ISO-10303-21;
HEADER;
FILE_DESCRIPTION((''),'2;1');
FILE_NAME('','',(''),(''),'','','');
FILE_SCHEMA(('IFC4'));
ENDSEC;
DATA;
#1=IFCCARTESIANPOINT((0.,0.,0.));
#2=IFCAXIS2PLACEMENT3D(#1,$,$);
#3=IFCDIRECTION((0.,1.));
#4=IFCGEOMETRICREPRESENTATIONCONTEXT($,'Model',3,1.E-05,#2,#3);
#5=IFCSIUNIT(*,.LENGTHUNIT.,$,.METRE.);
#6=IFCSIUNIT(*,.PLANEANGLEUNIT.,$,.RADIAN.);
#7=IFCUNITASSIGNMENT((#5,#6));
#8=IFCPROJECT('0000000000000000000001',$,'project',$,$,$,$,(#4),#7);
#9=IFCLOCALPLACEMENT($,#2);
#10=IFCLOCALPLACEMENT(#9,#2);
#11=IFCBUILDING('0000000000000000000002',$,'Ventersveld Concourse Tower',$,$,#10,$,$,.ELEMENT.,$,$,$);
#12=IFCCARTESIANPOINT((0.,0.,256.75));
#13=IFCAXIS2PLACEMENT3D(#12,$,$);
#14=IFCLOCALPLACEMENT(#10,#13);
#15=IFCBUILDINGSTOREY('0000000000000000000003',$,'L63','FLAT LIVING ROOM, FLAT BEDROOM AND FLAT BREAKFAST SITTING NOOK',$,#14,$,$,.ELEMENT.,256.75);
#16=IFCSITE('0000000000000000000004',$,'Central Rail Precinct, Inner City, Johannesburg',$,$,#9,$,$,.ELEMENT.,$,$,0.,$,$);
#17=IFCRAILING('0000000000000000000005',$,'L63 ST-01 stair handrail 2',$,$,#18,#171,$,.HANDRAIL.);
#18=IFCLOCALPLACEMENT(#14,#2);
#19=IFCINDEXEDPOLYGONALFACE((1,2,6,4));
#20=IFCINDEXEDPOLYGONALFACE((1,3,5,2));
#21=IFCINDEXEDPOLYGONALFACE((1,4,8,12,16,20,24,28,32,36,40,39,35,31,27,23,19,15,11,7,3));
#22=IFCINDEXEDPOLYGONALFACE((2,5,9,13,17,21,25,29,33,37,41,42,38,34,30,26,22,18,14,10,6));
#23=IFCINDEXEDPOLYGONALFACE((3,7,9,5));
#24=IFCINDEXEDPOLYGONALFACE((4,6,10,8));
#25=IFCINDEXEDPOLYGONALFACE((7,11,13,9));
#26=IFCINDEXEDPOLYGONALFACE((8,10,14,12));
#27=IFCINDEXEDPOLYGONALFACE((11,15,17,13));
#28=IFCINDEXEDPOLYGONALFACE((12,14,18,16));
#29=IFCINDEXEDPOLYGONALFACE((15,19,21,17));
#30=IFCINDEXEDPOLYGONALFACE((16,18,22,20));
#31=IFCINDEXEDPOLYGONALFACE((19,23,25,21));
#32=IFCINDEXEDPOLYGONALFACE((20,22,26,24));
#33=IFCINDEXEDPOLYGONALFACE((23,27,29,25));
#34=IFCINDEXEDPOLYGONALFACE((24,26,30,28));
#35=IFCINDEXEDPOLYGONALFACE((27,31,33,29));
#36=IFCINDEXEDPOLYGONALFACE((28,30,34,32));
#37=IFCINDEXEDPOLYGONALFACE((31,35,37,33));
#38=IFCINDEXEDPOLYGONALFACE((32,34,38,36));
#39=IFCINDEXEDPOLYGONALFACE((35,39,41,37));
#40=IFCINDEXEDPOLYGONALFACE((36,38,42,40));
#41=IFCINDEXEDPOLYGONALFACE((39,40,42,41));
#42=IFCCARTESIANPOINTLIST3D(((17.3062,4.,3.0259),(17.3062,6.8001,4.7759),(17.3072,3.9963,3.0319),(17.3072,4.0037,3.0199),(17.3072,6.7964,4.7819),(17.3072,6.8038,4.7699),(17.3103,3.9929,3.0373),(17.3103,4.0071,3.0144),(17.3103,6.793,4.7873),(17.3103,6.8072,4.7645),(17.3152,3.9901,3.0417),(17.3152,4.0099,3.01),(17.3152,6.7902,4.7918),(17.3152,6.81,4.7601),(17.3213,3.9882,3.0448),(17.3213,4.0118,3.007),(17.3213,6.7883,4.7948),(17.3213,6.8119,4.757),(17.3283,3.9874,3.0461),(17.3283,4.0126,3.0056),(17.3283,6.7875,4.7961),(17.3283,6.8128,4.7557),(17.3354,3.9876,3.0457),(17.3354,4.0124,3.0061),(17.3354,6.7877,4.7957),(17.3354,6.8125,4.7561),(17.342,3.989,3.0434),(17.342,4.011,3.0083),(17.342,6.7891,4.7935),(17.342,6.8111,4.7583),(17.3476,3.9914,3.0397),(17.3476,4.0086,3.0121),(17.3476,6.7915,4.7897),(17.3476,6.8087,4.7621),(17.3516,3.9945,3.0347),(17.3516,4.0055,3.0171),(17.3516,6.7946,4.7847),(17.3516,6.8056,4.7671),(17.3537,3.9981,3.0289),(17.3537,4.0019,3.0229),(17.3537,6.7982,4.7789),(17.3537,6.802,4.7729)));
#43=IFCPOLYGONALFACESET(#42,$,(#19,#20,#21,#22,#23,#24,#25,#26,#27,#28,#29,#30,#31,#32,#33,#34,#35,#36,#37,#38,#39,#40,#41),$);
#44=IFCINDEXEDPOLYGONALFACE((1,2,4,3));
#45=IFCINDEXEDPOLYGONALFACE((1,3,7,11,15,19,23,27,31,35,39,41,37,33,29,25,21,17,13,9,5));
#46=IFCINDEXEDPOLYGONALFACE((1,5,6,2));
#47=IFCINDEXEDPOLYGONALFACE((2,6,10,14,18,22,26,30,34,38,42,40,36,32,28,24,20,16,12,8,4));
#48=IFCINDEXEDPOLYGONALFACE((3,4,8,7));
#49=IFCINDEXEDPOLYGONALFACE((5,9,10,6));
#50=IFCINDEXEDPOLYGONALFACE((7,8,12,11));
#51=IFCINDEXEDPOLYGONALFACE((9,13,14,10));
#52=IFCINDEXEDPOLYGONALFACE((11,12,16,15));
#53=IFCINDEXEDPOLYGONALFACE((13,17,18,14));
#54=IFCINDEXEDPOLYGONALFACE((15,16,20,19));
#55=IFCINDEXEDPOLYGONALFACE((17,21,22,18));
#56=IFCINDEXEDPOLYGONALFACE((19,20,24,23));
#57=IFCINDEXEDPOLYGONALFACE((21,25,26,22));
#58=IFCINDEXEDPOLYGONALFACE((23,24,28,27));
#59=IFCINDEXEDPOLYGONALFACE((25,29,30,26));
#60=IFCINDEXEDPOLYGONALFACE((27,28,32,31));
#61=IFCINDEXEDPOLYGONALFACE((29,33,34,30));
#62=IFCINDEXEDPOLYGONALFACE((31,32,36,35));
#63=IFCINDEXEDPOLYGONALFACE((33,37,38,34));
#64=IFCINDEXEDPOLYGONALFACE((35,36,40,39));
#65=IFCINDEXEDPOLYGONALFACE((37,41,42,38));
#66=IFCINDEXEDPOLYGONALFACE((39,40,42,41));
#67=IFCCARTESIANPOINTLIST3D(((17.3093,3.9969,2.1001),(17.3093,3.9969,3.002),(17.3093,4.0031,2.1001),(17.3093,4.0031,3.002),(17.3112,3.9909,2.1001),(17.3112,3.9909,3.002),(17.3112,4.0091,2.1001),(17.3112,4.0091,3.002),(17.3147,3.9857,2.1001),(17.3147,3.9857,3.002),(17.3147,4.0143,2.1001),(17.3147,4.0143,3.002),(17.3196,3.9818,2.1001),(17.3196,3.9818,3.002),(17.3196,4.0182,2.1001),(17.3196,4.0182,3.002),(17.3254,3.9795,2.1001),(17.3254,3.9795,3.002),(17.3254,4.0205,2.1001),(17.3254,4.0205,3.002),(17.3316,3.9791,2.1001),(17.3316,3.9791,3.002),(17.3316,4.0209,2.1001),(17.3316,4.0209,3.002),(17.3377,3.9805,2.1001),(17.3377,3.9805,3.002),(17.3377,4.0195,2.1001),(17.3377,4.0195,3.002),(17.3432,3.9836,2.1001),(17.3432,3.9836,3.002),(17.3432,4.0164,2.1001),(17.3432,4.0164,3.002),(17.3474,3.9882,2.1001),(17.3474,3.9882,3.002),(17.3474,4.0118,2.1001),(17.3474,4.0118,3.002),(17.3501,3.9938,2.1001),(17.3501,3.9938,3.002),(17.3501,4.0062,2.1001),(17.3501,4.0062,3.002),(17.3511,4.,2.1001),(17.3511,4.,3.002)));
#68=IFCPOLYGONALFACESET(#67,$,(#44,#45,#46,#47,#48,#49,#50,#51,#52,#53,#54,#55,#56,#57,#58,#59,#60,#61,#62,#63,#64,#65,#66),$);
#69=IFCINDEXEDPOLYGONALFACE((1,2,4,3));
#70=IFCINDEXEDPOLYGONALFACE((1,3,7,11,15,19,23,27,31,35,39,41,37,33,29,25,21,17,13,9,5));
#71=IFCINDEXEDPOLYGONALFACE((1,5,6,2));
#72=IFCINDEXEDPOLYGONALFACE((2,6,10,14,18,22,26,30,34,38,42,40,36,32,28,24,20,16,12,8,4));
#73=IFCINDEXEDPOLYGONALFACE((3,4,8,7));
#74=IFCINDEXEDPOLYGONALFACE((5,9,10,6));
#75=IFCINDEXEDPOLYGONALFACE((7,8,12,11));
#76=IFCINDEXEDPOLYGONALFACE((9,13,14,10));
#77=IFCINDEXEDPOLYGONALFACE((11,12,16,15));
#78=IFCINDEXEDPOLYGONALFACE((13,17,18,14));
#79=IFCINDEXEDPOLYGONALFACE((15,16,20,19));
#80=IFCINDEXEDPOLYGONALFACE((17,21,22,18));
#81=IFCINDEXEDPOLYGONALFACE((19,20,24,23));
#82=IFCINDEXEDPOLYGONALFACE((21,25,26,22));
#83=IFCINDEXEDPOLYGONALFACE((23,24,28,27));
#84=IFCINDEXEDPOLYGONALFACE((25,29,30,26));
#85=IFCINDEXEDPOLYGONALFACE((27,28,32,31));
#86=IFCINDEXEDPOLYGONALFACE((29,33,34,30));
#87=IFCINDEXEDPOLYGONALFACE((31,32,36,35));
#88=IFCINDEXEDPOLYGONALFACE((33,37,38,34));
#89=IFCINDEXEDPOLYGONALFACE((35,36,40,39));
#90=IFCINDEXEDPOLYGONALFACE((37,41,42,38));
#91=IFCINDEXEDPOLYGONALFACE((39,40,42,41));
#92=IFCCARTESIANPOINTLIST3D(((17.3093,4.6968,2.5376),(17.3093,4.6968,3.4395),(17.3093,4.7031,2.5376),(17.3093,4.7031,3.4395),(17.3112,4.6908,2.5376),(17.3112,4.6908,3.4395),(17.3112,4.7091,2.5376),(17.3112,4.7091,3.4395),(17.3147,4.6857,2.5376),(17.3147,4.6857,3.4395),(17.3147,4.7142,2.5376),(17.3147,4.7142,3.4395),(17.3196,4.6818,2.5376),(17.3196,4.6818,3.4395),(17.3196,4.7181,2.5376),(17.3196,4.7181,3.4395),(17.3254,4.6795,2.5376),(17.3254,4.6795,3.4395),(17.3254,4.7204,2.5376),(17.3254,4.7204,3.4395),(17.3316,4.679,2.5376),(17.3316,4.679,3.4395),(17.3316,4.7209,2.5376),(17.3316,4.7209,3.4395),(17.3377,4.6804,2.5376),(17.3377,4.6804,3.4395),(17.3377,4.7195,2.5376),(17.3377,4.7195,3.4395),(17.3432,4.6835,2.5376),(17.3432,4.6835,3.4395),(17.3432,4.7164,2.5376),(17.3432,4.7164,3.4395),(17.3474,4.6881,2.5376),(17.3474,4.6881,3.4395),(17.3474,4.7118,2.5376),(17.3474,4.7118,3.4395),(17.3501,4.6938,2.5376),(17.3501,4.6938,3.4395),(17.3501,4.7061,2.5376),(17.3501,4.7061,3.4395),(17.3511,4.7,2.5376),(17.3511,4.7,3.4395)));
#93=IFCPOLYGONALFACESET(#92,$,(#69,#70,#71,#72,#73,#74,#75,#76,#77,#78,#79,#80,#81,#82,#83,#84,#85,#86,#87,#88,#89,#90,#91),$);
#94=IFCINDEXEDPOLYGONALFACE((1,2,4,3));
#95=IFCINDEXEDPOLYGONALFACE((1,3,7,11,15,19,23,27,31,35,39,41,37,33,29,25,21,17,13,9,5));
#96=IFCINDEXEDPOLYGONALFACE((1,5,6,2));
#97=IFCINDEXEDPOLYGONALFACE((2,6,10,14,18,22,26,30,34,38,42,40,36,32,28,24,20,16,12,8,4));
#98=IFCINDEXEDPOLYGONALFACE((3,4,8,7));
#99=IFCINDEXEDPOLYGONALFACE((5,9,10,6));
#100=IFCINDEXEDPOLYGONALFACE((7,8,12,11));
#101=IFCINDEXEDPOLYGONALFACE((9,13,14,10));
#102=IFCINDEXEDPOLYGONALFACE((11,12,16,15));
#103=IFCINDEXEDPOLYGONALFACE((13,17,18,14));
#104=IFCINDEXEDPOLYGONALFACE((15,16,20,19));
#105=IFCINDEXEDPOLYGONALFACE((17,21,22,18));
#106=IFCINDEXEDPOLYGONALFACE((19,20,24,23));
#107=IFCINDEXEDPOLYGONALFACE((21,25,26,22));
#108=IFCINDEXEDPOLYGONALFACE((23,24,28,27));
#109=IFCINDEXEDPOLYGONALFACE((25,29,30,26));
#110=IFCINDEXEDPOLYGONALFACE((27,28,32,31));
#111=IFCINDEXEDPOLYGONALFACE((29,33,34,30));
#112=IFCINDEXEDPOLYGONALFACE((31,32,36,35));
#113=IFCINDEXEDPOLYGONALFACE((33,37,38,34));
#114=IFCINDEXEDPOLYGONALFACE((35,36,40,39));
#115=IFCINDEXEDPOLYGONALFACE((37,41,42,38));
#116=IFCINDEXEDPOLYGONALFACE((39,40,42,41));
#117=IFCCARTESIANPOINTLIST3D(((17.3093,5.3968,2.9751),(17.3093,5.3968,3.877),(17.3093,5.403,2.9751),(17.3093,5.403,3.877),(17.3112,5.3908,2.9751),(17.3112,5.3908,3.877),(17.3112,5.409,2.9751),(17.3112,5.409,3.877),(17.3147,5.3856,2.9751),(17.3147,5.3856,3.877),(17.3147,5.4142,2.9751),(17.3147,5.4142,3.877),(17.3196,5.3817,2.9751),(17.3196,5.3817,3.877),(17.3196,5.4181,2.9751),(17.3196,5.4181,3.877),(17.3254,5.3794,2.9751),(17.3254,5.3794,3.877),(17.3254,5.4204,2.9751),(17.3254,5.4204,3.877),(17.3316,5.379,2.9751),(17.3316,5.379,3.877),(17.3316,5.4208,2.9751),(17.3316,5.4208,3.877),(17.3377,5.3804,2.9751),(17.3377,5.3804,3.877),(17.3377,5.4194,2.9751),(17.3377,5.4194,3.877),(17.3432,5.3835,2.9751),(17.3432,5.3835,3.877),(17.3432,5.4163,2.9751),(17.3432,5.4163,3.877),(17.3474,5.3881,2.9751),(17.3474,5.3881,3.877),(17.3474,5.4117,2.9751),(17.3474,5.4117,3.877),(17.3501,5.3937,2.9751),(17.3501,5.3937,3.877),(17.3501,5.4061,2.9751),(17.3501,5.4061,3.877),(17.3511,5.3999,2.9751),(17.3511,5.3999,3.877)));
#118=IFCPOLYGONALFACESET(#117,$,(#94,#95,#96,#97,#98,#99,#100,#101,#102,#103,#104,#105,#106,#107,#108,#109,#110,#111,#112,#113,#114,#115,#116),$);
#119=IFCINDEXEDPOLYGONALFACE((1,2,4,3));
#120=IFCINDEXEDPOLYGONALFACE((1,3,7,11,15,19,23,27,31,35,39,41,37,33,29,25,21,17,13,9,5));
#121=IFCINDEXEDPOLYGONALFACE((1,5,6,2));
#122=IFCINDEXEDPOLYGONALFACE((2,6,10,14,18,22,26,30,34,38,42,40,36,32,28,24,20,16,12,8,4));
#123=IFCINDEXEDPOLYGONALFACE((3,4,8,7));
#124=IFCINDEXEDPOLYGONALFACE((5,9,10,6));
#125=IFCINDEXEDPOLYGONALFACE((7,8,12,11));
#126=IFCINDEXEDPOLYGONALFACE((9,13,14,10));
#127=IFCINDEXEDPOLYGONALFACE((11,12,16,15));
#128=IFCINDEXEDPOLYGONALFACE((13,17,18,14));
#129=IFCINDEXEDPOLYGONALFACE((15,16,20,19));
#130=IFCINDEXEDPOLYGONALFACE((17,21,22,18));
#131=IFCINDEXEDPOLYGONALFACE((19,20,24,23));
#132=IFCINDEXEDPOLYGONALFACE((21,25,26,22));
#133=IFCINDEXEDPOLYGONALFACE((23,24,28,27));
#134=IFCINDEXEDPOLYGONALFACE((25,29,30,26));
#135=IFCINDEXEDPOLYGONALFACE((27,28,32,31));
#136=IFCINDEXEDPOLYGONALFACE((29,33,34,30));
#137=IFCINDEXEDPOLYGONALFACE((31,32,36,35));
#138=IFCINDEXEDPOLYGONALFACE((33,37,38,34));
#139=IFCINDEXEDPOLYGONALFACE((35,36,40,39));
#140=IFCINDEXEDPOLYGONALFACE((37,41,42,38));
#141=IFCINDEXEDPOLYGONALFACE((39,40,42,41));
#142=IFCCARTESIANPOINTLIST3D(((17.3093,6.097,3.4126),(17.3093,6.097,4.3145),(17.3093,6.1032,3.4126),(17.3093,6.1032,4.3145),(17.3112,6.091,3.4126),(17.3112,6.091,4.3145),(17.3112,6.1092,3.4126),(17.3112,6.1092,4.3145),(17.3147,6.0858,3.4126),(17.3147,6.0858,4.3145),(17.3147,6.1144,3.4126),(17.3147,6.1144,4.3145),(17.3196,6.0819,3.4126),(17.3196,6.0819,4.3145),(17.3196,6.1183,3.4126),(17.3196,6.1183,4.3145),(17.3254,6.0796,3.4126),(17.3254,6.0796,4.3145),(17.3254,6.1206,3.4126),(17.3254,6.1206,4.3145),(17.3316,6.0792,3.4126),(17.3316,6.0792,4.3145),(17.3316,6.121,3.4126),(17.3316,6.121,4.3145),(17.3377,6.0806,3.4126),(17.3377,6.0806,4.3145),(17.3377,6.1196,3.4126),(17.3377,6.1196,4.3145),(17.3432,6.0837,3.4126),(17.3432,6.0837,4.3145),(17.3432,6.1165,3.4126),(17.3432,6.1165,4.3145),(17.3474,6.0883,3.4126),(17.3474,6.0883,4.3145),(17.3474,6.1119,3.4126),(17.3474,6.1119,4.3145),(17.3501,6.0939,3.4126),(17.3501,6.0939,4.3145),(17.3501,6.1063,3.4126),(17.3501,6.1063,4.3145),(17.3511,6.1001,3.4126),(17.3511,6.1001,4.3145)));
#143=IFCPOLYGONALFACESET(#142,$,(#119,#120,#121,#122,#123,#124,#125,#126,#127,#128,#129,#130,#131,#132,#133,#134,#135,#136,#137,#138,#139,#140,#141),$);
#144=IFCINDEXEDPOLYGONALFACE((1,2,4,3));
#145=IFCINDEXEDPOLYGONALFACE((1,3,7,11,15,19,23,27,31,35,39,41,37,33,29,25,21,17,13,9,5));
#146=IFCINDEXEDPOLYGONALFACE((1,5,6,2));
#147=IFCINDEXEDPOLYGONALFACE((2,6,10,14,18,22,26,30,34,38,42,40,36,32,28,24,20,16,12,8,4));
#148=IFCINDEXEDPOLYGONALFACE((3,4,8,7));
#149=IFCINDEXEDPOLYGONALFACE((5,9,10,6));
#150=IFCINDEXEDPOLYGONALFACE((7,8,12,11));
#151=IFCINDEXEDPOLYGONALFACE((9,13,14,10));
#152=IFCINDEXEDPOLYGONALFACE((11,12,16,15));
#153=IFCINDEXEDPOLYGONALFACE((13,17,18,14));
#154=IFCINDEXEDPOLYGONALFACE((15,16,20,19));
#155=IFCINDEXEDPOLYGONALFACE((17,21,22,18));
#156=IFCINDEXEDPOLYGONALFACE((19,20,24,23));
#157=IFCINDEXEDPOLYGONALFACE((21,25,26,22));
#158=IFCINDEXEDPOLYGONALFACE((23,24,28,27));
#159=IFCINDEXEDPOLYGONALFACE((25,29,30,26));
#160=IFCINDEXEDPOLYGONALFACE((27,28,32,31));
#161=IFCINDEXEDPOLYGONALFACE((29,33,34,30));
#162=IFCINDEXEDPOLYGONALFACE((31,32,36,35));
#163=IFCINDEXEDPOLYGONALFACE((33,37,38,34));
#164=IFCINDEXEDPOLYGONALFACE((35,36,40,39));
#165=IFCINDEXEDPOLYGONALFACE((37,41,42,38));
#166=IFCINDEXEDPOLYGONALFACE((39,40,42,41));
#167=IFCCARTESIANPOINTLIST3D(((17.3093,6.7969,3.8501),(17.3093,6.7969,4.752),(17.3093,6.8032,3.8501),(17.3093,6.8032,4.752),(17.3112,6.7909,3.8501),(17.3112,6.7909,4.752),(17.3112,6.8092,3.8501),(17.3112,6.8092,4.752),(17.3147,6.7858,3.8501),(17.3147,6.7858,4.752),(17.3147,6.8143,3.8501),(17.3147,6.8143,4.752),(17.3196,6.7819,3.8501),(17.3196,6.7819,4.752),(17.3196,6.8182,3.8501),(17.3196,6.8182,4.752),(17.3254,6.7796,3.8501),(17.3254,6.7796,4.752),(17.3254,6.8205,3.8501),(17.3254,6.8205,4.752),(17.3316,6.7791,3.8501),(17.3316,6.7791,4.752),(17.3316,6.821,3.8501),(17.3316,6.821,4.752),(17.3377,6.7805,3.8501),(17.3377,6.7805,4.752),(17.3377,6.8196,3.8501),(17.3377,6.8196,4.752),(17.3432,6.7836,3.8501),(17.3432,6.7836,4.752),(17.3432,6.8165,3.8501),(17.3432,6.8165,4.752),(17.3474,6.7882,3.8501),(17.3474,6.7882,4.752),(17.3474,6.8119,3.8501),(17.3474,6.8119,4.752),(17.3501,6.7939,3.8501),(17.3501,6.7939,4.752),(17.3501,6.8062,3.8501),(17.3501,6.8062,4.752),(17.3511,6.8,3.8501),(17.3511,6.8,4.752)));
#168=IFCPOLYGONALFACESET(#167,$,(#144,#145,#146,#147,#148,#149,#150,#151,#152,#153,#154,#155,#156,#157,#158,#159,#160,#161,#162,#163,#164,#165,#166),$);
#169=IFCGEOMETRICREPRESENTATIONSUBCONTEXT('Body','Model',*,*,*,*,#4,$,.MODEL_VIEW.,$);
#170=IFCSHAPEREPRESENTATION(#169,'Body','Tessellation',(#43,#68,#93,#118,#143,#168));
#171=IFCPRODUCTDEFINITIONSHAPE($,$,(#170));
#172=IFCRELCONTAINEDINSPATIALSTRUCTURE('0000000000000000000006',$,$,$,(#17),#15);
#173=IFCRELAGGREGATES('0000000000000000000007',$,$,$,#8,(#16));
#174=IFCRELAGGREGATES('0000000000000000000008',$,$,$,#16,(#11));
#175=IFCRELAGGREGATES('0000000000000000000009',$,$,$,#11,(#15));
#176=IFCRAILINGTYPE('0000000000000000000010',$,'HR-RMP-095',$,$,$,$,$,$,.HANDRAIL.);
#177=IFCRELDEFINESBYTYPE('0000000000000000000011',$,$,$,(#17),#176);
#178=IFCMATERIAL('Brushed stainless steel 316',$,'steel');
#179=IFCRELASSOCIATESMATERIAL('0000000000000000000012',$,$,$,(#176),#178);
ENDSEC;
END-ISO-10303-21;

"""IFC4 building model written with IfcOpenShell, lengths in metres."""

from ifc_helpers import new_model, si_unit, direction, frame, origin, origin_2d, place, context, subcontext, project, spatial, circle, extrude, material, type_object, element, save


model = new_model("IFC4")

# Units and contexts
model_context = context("Model", 3, precision=1e-05, world=origin(), true_north=direction((0.0, 1.0)))
body_context = subcontext(model_context, "Body", "Model", "MODEL_VIEW")
ifc_project = project(units=[si_unit("LENGTHUNIT", "METRE"), si_unit("PLANEANGLEUNIT", "RADIAN")], contexts=[model_context])

# Site, building, storey
site_placement = place(None, origin())
site = spatial("IfcSite", under=ifc_project, at=site_placement, Name="Central Rail Precinct, Inner City, Johannesburg", CompositionType="ELEMENT", RefElevation=0.0)
building_placement = place(site_placement, origin())
building = spatial("IfcBuilding", under=site, at=building_placement, Name="Ventersveld Concourse Tower", CompositionType="ELEMENT")
storey_placement = place(building_placement, frame((0.0, 0.0, 256.75)))
storey = spatial("IfcBuildingStorey", under=building, at=storey_placement, Name="L63", Description="FLAT LIVING ROOM, FLAT BEDROOM AND FLAT BREAKFAST SITTING NOOK", CompositionType="ELEMENT", Elevation=256.75)

# Railing
ifc_material_1 = material(Name="Brushed stainless steel 316", Category="steel")
railing_type_1 = type_object("IfcRailingType", Name="HR-RMP-095", PredefinedType="HANDRAIL", material=ifc_material_1)
railing_1_placement = place(storey_placement, frame((17.3301, 4.0, 2.1001)))
element("IfcRailing", 1, at=railing_1_placement, inside=storey, type_object=railing_type_1, Name="L63 ST-01 stair handrail 2", PredefinedType="HANDRAIL", context=body_context, shape_type="SweptSolid", body=[
    extrude(circle(Radius=0.0239, at=origin_2d()), frame((0.0, 0.0, 0.9258), z_axis=(0.0, 0.848002, 0.529992), x_axis=(-1.0, 0.0, 0.0)), (0.0, 0.0, 1.0), 3.302),
    extrude(circle(Radius=0.021, at=origin_2d()), origin(), (0.0, 0.0, 1.0), 0.9019),
    extrude(circle(Radius=0.021, at=origin_2d()), frame((0.0, 0.7, 0.4375)), (0.0, 0.0, 1.0), 0.9019),
    extrude(circle(Radius=0.021, at=origin_2d()), frame((0.0, 1.3999, 0.875)), (0.0, 0.0, 1.0), 0.9019),
    extrude(circle(Radius=0.021, at=origin_2d()), frame((0.0, 2.1001, 1.3125)), (0.0, 0.0, 1.0), 0.9019),
    extrude(circle(Radius=0.021, at=origin_2d()), frame((0.0, 2.8, 1.75)), (0.0, 0.0, 1.0), 0.9019),
])

save(model, "model.ifc")
